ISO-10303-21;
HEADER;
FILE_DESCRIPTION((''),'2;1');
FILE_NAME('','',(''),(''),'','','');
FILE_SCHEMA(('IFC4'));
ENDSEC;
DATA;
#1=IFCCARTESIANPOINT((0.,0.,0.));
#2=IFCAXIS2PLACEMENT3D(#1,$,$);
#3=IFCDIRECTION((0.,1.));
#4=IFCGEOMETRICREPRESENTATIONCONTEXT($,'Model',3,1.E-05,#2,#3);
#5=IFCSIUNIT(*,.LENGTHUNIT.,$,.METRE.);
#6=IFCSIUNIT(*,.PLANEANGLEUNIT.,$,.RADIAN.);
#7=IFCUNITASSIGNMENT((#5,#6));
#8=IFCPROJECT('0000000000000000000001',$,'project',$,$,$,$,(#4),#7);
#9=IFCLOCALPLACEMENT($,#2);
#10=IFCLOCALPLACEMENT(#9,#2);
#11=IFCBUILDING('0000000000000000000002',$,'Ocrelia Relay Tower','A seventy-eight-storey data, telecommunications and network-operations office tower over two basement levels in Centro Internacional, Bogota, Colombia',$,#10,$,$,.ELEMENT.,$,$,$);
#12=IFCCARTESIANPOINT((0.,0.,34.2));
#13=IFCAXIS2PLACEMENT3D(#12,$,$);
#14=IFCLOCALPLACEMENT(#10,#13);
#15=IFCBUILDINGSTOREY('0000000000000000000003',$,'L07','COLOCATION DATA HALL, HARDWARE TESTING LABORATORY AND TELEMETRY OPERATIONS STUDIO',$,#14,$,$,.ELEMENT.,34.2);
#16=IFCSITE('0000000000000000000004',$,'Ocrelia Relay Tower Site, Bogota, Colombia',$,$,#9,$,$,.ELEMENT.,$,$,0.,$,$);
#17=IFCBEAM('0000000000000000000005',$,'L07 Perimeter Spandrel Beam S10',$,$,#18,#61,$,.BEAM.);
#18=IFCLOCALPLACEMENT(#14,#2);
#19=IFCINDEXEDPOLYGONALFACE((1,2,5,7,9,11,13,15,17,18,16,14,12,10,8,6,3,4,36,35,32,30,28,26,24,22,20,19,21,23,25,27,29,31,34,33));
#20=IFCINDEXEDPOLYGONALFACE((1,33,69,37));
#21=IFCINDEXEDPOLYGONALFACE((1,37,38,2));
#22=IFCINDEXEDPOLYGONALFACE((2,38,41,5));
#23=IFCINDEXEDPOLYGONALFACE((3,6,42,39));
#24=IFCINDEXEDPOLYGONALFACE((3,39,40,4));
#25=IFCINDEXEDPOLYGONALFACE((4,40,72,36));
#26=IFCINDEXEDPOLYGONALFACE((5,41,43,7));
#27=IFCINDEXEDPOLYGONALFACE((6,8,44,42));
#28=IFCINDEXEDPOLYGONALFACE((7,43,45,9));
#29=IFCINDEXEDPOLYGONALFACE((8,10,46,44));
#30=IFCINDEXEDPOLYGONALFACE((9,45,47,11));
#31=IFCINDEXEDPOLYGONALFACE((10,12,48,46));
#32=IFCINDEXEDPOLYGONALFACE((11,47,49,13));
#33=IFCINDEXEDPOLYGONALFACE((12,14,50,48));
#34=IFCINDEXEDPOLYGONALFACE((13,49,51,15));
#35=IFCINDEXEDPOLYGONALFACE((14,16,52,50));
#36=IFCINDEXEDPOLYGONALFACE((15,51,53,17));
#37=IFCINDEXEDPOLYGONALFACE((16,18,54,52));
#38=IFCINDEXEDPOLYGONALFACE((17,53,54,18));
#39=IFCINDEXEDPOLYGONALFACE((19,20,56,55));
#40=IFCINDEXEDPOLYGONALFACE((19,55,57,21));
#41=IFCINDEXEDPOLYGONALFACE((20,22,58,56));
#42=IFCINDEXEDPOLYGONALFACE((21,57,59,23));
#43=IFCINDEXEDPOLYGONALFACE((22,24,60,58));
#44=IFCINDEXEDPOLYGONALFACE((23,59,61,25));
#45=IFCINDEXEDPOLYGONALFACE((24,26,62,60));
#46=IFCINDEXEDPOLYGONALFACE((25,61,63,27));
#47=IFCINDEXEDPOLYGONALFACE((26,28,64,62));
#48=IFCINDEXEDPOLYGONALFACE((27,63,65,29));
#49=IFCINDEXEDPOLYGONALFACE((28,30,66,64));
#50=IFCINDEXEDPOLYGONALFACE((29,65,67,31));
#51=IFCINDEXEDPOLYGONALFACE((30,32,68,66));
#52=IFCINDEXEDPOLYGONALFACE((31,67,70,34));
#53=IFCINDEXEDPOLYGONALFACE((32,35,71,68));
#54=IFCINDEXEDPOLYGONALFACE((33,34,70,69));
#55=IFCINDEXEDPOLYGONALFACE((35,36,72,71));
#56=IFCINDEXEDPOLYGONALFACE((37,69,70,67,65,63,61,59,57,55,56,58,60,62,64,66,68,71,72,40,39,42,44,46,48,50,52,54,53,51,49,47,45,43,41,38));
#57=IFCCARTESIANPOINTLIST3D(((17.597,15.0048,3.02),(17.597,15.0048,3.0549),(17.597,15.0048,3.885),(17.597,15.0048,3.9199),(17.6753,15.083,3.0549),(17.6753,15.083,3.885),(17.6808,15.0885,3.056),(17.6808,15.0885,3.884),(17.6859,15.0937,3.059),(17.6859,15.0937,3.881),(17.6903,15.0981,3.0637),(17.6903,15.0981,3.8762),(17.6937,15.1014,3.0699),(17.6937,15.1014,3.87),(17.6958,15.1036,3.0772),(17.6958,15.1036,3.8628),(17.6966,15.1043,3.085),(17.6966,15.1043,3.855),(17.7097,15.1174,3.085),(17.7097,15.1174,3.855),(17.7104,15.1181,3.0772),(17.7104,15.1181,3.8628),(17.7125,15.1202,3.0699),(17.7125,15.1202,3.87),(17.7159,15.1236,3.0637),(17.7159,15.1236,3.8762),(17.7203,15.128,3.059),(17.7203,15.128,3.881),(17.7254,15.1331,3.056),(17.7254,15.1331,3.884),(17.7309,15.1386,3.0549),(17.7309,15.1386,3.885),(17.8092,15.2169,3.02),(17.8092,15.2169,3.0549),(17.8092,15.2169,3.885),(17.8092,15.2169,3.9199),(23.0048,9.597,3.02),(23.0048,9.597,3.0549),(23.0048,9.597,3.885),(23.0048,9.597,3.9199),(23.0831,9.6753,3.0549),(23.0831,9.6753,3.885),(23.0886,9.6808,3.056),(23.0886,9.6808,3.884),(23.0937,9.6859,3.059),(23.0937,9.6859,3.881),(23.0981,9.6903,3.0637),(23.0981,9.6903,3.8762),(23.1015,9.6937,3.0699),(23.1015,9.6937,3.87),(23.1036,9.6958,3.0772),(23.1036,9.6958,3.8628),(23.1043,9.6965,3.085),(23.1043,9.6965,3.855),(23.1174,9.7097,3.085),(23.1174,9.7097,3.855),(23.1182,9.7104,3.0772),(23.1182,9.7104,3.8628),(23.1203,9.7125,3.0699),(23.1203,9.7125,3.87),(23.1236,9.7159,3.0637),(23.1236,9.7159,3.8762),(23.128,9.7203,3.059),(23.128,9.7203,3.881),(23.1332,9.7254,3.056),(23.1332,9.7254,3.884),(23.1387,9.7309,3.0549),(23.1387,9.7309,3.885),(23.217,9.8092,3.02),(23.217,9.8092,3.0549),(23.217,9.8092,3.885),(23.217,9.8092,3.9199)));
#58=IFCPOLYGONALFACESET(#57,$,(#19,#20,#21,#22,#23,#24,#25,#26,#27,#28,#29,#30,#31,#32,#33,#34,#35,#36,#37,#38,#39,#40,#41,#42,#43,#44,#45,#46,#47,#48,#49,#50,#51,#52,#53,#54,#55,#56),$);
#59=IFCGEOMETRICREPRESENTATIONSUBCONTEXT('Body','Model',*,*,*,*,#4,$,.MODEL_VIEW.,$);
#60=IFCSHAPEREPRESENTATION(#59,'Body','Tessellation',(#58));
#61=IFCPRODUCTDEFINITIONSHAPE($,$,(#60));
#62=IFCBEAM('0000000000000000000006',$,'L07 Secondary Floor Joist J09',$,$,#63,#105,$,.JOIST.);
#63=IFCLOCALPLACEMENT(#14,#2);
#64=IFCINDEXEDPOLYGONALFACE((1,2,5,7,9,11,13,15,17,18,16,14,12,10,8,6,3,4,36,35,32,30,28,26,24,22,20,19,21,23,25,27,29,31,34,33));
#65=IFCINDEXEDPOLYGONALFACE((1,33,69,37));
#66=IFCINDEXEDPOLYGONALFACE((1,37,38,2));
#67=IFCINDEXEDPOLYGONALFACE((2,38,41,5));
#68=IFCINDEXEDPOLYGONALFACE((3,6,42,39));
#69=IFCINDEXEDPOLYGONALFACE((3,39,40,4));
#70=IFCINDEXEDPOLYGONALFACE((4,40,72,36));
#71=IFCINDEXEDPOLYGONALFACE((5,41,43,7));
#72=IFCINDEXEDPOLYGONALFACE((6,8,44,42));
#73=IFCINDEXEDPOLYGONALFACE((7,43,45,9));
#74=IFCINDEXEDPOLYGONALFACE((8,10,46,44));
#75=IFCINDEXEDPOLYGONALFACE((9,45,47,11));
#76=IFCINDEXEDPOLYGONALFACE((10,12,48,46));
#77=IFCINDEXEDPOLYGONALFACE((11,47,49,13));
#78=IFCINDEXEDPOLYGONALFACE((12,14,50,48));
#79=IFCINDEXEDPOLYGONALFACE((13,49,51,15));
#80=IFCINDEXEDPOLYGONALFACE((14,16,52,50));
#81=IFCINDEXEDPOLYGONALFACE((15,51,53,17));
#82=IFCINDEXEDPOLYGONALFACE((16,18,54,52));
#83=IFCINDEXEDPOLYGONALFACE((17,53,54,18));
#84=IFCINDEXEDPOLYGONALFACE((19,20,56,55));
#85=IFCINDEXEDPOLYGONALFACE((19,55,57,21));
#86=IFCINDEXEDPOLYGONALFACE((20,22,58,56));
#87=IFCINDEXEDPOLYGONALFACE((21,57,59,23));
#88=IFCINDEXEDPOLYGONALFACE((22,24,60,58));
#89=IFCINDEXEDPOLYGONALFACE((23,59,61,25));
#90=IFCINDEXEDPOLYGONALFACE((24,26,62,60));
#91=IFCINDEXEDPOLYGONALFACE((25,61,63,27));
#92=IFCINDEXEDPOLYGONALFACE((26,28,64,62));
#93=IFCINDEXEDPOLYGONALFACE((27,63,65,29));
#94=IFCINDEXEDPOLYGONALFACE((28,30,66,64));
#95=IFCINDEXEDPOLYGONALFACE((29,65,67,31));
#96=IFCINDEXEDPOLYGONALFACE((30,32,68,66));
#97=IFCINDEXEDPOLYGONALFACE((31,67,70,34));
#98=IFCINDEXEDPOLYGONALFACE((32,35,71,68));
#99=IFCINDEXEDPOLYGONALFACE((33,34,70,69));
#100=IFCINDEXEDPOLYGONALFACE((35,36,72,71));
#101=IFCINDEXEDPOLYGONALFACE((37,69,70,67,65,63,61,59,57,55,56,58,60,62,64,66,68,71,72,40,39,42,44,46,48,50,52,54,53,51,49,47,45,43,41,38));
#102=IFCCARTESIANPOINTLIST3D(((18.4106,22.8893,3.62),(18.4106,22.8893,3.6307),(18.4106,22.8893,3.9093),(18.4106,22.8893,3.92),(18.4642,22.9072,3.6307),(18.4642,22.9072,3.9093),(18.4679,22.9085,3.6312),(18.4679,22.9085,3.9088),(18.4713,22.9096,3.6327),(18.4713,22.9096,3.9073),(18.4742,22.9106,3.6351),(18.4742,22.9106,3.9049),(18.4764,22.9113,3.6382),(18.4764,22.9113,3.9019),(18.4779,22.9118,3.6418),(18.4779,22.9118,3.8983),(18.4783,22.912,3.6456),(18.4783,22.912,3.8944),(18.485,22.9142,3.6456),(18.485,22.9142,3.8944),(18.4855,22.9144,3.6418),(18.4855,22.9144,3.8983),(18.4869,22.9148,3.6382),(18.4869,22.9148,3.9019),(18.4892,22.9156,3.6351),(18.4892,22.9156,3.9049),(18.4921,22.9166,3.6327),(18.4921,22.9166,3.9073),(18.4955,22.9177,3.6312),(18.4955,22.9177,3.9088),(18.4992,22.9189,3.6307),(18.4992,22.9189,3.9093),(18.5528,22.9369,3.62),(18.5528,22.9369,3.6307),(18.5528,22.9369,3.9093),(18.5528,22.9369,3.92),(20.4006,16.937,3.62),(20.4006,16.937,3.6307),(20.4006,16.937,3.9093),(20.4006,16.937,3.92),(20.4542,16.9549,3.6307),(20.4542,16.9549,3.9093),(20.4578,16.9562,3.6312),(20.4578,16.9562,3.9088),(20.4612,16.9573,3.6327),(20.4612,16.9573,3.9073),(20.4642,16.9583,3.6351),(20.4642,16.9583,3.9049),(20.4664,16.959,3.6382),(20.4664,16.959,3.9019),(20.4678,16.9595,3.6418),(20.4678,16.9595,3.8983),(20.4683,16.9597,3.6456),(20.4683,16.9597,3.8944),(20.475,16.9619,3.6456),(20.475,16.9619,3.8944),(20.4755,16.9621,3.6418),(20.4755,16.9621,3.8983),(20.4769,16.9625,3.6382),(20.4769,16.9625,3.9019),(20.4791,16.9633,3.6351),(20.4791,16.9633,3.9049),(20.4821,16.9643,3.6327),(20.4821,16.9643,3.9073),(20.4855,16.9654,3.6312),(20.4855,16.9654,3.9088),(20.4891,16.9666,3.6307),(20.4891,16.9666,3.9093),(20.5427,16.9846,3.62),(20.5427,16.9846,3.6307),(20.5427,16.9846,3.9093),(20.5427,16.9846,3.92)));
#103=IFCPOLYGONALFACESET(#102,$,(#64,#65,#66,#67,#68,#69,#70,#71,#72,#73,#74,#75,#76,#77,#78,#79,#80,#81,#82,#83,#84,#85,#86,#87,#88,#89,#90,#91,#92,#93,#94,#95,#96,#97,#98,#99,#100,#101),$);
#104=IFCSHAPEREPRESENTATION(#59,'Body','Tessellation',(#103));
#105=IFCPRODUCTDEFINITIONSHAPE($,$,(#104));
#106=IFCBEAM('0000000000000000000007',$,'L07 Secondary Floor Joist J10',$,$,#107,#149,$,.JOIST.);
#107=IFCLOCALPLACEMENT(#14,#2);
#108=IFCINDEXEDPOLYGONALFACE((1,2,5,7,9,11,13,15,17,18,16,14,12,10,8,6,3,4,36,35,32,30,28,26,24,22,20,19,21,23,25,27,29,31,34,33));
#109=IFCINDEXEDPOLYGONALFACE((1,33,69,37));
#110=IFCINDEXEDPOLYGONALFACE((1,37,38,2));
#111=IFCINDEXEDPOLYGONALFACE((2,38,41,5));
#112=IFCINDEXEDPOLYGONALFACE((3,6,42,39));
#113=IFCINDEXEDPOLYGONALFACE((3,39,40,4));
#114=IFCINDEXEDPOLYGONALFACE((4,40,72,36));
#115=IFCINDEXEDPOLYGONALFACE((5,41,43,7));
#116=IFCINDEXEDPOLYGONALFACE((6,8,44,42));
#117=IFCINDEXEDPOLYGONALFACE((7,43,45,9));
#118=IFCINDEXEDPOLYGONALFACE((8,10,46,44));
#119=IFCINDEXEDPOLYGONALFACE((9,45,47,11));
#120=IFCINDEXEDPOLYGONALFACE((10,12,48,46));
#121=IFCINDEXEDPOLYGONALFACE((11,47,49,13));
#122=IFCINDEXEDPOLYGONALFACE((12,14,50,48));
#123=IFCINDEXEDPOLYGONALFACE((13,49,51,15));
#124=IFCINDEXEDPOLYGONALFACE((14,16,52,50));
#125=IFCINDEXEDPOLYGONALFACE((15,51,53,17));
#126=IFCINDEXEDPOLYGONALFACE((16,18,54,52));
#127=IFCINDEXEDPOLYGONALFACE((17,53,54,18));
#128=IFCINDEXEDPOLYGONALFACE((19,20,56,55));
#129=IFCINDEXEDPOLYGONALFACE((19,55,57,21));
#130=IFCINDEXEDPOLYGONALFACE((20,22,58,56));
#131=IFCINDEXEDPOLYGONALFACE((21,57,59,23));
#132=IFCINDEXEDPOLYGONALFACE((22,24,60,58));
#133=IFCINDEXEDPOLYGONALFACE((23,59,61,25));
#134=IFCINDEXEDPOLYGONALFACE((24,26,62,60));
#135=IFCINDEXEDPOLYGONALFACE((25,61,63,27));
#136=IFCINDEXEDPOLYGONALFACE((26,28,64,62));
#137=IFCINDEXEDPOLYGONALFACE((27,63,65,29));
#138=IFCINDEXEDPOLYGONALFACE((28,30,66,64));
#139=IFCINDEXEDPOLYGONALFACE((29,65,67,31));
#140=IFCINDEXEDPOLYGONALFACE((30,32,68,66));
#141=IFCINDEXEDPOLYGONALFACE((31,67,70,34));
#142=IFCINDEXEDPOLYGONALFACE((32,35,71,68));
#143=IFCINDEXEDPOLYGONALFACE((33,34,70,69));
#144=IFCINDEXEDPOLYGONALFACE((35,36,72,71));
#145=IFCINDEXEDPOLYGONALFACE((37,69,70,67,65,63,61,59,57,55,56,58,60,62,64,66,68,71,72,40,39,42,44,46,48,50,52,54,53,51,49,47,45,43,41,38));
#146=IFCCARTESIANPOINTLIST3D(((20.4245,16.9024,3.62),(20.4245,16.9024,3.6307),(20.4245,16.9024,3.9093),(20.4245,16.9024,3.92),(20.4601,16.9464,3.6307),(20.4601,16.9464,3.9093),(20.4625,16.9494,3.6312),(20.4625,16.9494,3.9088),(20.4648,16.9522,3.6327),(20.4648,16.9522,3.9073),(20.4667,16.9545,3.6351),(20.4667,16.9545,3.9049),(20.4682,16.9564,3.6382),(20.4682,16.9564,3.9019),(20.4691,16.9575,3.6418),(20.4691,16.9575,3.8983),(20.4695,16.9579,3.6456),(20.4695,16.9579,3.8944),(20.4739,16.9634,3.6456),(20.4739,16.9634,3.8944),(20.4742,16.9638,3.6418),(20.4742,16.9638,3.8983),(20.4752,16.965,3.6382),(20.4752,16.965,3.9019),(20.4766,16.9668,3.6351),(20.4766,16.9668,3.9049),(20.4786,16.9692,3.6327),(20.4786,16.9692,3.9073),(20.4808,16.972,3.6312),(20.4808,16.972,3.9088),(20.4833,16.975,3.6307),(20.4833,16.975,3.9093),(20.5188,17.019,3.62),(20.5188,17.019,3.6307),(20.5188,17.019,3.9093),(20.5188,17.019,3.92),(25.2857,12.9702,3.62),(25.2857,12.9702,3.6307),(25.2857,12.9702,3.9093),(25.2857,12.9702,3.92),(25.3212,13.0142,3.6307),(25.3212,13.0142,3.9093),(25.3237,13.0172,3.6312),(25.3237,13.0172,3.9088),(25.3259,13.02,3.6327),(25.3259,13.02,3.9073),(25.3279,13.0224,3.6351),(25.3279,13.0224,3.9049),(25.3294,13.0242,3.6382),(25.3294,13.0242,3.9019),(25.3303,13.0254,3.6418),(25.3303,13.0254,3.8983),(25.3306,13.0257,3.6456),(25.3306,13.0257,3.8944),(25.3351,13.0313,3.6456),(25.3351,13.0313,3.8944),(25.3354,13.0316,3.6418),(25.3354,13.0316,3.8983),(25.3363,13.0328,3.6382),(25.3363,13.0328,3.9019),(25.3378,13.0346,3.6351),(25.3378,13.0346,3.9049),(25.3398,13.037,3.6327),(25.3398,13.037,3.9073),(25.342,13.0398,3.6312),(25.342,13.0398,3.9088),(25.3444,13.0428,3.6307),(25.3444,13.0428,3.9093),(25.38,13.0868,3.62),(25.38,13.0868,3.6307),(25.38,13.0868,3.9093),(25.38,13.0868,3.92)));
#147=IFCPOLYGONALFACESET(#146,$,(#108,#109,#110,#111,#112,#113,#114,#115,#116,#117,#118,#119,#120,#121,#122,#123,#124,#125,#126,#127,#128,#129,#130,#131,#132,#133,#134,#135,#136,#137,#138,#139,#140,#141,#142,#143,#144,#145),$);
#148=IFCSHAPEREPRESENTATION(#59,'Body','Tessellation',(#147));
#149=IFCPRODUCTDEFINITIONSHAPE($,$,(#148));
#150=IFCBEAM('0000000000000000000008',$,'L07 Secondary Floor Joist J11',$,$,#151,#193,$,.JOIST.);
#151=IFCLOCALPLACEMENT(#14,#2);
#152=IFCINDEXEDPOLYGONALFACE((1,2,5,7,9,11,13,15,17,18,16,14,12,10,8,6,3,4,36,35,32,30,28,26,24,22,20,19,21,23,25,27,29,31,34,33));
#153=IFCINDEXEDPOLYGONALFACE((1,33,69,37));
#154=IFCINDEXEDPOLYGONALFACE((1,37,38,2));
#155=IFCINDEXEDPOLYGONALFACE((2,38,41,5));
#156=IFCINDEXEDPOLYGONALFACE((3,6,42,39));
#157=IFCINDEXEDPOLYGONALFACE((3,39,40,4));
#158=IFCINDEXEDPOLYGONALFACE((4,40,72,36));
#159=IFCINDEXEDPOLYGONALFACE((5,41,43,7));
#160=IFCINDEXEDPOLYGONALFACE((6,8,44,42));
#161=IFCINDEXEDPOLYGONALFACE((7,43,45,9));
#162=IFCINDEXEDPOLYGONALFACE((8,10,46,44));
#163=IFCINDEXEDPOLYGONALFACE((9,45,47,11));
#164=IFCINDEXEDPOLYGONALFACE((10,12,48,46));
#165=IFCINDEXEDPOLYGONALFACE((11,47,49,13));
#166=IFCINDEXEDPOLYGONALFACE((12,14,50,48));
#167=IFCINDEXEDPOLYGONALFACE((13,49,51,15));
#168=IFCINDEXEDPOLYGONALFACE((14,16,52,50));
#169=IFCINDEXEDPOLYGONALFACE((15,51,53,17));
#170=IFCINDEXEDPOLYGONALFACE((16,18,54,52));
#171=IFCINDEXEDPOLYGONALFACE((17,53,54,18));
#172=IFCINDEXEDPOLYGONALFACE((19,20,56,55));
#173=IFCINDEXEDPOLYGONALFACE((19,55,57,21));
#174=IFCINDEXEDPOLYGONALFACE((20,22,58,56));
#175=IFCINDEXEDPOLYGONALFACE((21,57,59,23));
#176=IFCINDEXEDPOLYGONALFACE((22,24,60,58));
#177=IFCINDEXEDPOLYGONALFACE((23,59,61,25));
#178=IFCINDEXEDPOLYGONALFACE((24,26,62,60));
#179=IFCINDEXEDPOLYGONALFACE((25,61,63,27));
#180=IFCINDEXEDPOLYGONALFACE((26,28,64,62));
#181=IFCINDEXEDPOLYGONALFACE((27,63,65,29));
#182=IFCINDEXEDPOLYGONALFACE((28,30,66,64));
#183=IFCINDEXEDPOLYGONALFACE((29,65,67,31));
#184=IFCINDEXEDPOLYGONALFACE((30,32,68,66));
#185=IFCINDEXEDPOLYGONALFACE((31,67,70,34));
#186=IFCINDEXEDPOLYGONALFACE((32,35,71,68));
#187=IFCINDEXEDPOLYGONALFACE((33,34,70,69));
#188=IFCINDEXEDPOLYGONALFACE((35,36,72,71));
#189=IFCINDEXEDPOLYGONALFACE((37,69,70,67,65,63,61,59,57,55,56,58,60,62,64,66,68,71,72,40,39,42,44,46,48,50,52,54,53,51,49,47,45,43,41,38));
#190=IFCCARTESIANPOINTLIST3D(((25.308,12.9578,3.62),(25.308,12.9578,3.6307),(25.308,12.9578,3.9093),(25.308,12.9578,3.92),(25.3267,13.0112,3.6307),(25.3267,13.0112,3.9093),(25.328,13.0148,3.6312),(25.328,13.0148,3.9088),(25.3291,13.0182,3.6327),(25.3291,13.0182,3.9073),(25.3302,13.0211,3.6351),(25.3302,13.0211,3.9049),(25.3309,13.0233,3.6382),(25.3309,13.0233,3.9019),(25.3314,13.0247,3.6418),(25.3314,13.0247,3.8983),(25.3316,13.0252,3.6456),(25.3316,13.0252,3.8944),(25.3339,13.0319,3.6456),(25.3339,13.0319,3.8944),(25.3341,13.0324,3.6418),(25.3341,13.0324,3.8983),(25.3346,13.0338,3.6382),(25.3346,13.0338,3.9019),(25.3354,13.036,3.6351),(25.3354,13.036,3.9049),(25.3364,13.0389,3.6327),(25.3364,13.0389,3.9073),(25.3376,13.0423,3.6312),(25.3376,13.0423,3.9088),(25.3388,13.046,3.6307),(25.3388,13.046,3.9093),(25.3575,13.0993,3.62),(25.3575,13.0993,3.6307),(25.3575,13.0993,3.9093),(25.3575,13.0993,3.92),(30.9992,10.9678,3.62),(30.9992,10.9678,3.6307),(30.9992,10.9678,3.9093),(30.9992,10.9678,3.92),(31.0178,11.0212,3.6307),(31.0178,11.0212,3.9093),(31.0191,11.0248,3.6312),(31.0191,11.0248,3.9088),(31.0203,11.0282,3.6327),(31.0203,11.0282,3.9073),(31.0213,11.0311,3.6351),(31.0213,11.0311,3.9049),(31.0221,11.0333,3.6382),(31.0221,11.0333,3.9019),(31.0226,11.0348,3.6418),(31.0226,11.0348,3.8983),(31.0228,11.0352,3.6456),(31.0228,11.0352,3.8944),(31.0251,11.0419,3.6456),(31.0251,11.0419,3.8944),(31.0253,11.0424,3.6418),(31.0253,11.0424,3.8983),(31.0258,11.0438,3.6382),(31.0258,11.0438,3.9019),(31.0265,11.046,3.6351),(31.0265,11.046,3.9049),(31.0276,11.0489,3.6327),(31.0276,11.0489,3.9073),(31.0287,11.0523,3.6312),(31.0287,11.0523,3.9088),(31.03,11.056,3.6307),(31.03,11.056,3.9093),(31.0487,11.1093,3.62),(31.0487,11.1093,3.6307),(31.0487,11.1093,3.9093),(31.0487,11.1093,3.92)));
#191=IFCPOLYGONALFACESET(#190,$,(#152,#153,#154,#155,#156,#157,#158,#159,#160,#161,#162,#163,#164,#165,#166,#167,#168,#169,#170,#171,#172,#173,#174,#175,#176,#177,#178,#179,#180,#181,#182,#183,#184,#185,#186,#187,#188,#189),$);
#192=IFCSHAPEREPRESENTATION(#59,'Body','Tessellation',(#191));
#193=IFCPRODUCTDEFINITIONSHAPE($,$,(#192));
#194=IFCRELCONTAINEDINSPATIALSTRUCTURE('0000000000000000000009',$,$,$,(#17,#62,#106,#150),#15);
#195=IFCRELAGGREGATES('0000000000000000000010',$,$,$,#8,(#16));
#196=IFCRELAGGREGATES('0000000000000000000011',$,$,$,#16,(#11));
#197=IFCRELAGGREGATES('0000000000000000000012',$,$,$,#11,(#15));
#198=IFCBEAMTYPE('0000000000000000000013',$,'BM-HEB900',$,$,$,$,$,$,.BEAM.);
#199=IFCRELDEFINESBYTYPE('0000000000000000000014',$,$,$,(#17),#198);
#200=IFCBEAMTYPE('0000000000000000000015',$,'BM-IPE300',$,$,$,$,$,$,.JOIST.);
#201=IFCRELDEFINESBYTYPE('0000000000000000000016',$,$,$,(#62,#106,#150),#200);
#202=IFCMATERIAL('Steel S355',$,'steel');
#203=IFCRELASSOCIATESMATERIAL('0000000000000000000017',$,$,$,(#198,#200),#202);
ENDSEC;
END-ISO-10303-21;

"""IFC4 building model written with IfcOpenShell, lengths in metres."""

from ifc_helpers import new_model, si_unit, direction, frame, origin, origin_2d, place, context, subcontext, project, spatial, i_section, extrude, material, material_profile, profile_set, type_object, element, save


model = new_model("IFC4")

# Units and contexts
model_context = context("Model", 3, precision=1e-05, world=origin(), true_north=direction((0.0, 1.0)))
body_context = subcontext(model_context, "Body", "Model", "MODEL_VIEW")
ifc_project = project(units=[si_unit("LENGTHUNIT", "METRE"), si_unit("PLANEANGLEUNIT", "RADIAN")], contexts=[model_context])

# Site, building, storey
site_placement = place(None, origin())
site = spatial("IfcSite", under=ifc_project, at=site_placement, Name="Ocrelia Relay Tower Site, Bogota, Colombia", CompositionType="ELEMENT", RefElevation=0.0)
building_placement = place(site_placement, origin())
building = spatial("IfcBuilding", under=site, at=building_placement, Name="Ocrelia Relay Tower", Description="A seventy-eight-storey data, telecommunications and network-operations office tower over two basement levels in Centro Internacional, Bogota, Colombia", CompositionType="ELEMENT")
storey_placement = place(building_placement, frame((0.0, 0.0, 34.2)))
storey = spatial("IfcBuildingStorey", under=building, at=storey_placement, Name="L07", Description="COLOCATION DATA HALL, HARDWARE TESTING LABORATORY AND TELEMETRY OPERATIONS STUDIO", CompositionType="ELEMENT", Elevation=34.2)

# Beams
ifc_material_1 = material(Name="Steel S355", Category="steel")
ifc_material_profile_1 = material_profile(ifc_material_1, i_section(OverallWidth=0.3, OverallDepth=0.8999, WebThickness=0.0186, FlangeThickness=0.0349, FilletRadius=0.03, at=origin_2d()), Name="HEB 900")
ifc_profile_set_1 = profile_set([ifc_material_profile_1], Name="Steel S355")
beam_type_1 = type_object("IfcBeamType", Name="BM-HEB900", PredefinedType="BEAM", material=ifc_profile_set_1)
beam_1_placement = place(storey_placement, frame((17.7031, 15.1108, 3.47), z_axis=(0.707107, -0.707107, 0.0), x_axis=(0.707107, 0.707107, 0.0)))
element("IfcBeam", 1, at=beam_1_placement, inside=storey, type_object=beam_type_1, Name="L07 Perimeter Spandrel Beam S10", PredefinedType="BEAM", context=body_context, shape_type="SweptSolid", body=[
    extrude(i_section(OverallWidth=0.3, OverallDepth=0.8999, WebThickness=0.0186, FlangeThickness=0.0349, FilletRadius=0.03, at=origin_2d()), origin(), (0.0, 0.0, 1.0), 7.6477),
])
ifc_material_profile_2 = material_profile(ifc_material_1, i_section(OverallWidth=0.1499, OverallDepth=0.3, WebThickness=0.0071, FlangeThickness=0.0107, FilletRadius=0.0149, at=origin_2d()), Name="IPE 300")
ifc_profile_set_2 = profile_set([ifc_material_profile_2], Name="Steel S355")
beam_type_2 = type_object("IfcBeamType", Name="BM-IPE300", PredefinedType="JOIST", material=ifc_profile_set_2)
beam_2_placement = place(storey_placement, frame((18.4817, 22.9131, 3.77), z_axis=(0.317068, -0.948403, 0.0), x_axis=(0.948403, 0.317068, 0.0)))
element("IfcBeam", 2, at=beam_2_placement, inside=storey, type_object=beam_type_2, Name="L07 Secondary Floor Joist J09", PredefinedType="JOIST", context=body_context, shape_type="SweptSolid", body=[
    extrude(i_section(OverallWidth=0.1499, OverallDepth=0.3, WebThickness=0.0071, FlangeThickness=0.0107, FilletRadius=0.0149, at=origin_2d()), origin(), (0.0, 0.0, 1.0), 6.2761),
])
beam_3_placement = place(storey_placement, frame((20.4717, 16.9607, 3.77), z_axis=(0.777482, -0.628905, 0.0), x_axis=(0.628905, 0.777482, 0.0)))
element("IfcBeam", 3, at=beam_3_placement, inside=storey, type_object=beam_type_2, Name="L07 Secondary Floor Joist J10", PredefinedType="JOIST", context=body_context, shape_type="SweptSolid", body=[
    extrude(i_section(OverallWidth=0.1499, OverallDepth=0.3, WebThickness=0.0071, FlangeThickness=0.0107, FilletRadius=0.0149, at=origin_2d()), origin(), (0.0, 0.0, 1.0), 6.2524),
])
beam_4_placement = place(storey_placement, frame((25.3328, 13.0286, 3.77), z_axis=(0.943957, -0.330067, 0.0), x_axis=(0.330067, 0.943957, 0.0)))
element("IfcBeam", 4, at=beam_4_placement, inside=storey, type_object=beam_type_2, Name="L07 Secondary Floor Joist J11", PredefinedType="JOIST", context=body_context, shape_type="SweptSolid", body=[
    extrude(i_section(OverallWidth=0.1499, OverallDepth=0.3, WebThickness=0.0071, FlangeThickness=0.0107, FilletRadius=0.0149, at=origin_2d()), origin(), (0.0, 0.0, 1.0), 6.0291),
])

save(model, "model.ifc")
